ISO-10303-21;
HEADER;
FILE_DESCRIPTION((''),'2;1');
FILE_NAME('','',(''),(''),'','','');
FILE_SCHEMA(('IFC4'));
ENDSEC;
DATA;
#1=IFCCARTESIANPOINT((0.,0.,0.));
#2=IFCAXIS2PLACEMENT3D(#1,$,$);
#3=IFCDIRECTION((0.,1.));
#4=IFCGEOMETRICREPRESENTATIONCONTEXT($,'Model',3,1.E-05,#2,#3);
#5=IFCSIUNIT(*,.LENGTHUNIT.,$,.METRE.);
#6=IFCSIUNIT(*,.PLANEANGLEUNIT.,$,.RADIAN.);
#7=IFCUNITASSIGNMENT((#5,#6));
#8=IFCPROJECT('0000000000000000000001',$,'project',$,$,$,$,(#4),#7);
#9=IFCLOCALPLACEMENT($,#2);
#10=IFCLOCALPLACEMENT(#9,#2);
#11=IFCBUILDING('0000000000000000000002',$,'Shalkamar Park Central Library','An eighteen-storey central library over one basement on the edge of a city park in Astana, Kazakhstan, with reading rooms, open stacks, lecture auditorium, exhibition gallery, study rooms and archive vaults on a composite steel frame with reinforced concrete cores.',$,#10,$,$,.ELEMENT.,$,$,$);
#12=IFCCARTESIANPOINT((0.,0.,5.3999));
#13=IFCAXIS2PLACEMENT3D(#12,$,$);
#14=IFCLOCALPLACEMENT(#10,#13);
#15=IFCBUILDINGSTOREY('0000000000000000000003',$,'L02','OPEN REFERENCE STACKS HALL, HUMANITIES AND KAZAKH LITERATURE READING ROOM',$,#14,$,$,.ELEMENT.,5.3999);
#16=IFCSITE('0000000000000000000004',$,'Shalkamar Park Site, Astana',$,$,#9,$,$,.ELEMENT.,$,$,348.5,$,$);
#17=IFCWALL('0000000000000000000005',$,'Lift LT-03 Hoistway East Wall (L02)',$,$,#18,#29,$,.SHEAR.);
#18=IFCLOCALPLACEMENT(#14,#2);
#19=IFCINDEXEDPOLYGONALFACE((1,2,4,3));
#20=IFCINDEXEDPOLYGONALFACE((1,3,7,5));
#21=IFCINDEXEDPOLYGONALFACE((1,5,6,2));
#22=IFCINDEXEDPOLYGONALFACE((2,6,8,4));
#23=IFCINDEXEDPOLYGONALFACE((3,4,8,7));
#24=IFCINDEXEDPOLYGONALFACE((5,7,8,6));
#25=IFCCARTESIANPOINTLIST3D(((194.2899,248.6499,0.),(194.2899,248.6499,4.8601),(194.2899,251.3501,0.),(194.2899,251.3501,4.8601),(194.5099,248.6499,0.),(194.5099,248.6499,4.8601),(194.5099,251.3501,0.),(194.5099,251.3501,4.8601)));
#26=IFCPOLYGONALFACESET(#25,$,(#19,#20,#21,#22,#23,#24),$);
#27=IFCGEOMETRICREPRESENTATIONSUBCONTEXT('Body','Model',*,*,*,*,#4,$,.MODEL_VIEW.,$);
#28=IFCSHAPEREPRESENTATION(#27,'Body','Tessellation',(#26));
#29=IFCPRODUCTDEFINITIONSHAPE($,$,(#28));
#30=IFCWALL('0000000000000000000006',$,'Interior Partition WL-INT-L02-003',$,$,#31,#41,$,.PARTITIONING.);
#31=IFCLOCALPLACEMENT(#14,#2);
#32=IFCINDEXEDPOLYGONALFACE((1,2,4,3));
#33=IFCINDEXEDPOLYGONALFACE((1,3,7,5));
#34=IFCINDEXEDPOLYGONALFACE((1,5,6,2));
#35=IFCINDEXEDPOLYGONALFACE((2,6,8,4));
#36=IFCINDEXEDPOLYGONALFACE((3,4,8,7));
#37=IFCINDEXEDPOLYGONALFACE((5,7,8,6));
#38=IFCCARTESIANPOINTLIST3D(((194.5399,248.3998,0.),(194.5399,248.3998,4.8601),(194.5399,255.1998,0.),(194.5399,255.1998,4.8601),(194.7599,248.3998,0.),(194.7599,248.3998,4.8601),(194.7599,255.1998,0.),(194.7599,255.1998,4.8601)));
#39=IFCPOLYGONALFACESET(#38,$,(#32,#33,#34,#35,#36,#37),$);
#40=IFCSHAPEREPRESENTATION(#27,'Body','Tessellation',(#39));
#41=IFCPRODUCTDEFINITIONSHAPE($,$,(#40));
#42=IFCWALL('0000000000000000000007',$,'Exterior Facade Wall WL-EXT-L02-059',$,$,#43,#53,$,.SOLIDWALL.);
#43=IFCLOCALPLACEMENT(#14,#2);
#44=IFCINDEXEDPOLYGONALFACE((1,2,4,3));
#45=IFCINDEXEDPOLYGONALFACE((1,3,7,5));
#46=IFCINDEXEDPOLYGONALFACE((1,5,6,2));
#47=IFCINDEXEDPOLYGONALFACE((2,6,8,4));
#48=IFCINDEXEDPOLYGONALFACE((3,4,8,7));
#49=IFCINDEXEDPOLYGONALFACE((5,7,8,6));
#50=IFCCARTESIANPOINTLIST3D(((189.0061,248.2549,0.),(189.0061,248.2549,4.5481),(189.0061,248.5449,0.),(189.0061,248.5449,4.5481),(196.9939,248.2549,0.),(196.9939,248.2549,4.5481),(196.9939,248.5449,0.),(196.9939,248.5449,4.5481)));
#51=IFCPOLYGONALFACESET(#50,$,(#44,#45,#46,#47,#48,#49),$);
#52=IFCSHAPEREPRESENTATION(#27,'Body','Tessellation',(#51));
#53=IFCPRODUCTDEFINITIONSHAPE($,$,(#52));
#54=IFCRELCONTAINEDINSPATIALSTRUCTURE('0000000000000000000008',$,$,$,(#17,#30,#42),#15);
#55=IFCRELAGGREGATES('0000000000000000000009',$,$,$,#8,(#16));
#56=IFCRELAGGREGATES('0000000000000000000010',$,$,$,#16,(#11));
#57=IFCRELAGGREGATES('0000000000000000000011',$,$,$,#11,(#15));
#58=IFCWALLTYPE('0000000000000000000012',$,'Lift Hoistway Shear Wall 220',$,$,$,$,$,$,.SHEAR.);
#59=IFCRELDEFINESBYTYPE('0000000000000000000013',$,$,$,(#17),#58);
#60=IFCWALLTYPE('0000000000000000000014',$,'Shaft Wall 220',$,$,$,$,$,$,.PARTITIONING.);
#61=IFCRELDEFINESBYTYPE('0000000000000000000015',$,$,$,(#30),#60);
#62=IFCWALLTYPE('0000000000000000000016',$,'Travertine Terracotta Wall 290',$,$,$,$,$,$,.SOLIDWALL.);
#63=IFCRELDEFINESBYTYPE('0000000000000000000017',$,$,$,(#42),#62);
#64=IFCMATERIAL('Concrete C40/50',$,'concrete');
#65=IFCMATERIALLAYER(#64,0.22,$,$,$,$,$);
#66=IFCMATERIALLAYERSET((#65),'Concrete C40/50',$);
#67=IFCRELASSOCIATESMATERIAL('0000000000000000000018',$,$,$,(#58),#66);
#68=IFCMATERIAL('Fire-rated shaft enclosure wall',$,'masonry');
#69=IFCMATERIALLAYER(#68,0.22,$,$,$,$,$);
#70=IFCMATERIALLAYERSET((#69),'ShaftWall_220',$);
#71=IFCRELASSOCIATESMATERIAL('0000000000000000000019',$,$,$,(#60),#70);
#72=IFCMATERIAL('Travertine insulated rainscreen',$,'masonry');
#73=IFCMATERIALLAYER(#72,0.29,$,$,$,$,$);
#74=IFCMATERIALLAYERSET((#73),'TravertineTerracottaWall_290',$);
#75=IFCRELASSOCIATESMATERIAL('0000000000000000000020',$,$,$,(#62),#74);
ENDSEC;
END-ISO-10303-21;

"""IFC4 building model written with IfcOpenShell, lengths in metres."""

from ifc_helpers import new_model, si_unit, direction, frame, frame_2d, origin, place, context, subcontext, project, spatial, rectangle, extrude, material, layer, layer_set, type_object, element, save


model = new_model("IFC4")

# Units and contexts
model_context = context("Model", 3, precision=1e-05, world=origin(), true_north=direction((0.0, 1.0)))
body_context = subcontext(model_context, "Body", "Model", "MODEL_VIEW")
ifc_project = project(units=[si_unit("LENGTHUNIT", "METRE"), si_unit("PLANEANGLEUNIT", "RADIAN")], contexts=[model_context])

# Site, building, storey
site_placement = place(None, origin())
site = spatial("IfcSite", under=ifc_project, at=site_placement, Name="Shalkamar Park Site, Astana", CompositionType="ELEMENT", RefElevation=348.5)
building_placement = place(site_placement, origin())
building = spatial("IfcBuilding", under=site, at=building_placement, Name="Shalkamar Park Central Library", Description="An eighteen-storey central library over one basement on the edge of a city park in Astana, Kazakhstan, with reading rooms, open stacks, lecture auditorium, exhibition gallery, study rooms and archive vaults on a composite steel frame with reinforced concrete cores.", CompositionType="ELEMENT")
storey_placement = place(building_placement, frame((0.0, 0.0, 5.3999)))
storey = spatial("IfcBuildingStorey", under=building, at=storey_placement, Name="L02", Description="OPEN REFERENCE STACKS HALL, HUMANITIES AND KAZAKH LITERATURE READING ROOM", CompositionType="ELEMENT", Elevation=5.3999)

# Shared definitions
ifc_material_1 = material(Name="Concrete C40/50", Category="concrete")
ifc_layer_1 = layer(ifc_material_1, 0.22)
ifc_layer_set_1 = layer_set([ifc_layer_1], Name="Concrete C40/50")
wall_type_1 = type_object("IfcWallType", Name="Lift Hoistway Shear Wall 220", PredefinedType="SHEAR", material=ifc_layer_set_1)

# Wall
for number, where, z_axis, x_axis, name in (
    (1, (194.3999, 248.6499, 0.0), (0.0, 0.0, 1.0), (0.0, 1.0, 0.0), "Lift LT-03 Hoistway East Wall (L02)"),
):
    element("IfcWall", number, at=place(storey_placement, frame(where, z_axis=z_axis, x_axis=x_axis)), inside=storey, type_object=wall_type_1, Name=name, PredefinedType="SHEAR", context=body_context, shape_type="SweptSolid", body=[
        extrude(rectangle(XDim=2.7002, YDim=0.22, at=frame_2d((1.3501, 0.0))), origin(), (0.0, 0.0, 1.0), 4.8601),
    ])

# Walls
ifc_material_2 = material(Name="Fire-rated shaft enclosure wall", Category="masonry")
ifc_layer_2 = layer(ifc_material_2, 0.22)
ifc_layer_set_2 = layer_set([ifc_layer_2], Name="ShaftWall_220")
wall_type_2 = type_object("IfcWallType", Name="Shaft Wall 220", PredefinedType="PARTITIONING", material=ifc_layer_set_2)
wall_1_placement = place(storey_placement, frame((194.6499, 248.3999, 0.0), z_axis=(0.0, 0.0, 1.0), x_axis=(0.0, 1.0, 0.0)))
element("IfcWall", 2, at=wall_1_placement, inside=storey, type_object=wall_type_2, Name="Interior Partition WL-INT-L02-003", PredefinedType="PARTITIONING", context=body_context, shape_type="SweptSolid", body=[
    extrude(rectangle(XDim=6.8, YDim=0.22, at=frame_2d((3.3999, 0.0))), origin(), (0.0, 0.0, 1.0), 4.8601),
])
ifc_material_3 = material(Name="Travertine insulated rainscreen", Category="masonry")
ifc_layer_3 = layer(ifc_material_3, 0.29)
ifc_layer_set_3 = layer_set([ifc_layer_3], Name="TravertineTerracottaWall_290")
wall_type_3 = type_object("IfcWallType", Name="Travertine Terracotta Wall 290", PredefinedType="SOLIDWALL", material=ifc_layer_set_3)
wall_2_placement = place(storey_placement, frame((189.0061, 248.3999, 0.0), z_axis=(0.0, 0.0, 1.0), x_axis=(1.0, 0.0, 0.0)))
element("IfcWall", 3, at=wall_2_placement, inside=storey, type_object=wall_type_3, Name="Exterior Facade Wall WL-EXT-L02-059", PredefinedType="SOLIDWALL", context=body_context, shape_type="SweptSolid", body=[
    extrude(rectangle(XDim=7.9878, YDim=0.29, at=frame_2d((3.9939, 0.0))), origin(), (0.0, 0.0, 1.0), 4.5481),
])

save(model, "model.ifc")
